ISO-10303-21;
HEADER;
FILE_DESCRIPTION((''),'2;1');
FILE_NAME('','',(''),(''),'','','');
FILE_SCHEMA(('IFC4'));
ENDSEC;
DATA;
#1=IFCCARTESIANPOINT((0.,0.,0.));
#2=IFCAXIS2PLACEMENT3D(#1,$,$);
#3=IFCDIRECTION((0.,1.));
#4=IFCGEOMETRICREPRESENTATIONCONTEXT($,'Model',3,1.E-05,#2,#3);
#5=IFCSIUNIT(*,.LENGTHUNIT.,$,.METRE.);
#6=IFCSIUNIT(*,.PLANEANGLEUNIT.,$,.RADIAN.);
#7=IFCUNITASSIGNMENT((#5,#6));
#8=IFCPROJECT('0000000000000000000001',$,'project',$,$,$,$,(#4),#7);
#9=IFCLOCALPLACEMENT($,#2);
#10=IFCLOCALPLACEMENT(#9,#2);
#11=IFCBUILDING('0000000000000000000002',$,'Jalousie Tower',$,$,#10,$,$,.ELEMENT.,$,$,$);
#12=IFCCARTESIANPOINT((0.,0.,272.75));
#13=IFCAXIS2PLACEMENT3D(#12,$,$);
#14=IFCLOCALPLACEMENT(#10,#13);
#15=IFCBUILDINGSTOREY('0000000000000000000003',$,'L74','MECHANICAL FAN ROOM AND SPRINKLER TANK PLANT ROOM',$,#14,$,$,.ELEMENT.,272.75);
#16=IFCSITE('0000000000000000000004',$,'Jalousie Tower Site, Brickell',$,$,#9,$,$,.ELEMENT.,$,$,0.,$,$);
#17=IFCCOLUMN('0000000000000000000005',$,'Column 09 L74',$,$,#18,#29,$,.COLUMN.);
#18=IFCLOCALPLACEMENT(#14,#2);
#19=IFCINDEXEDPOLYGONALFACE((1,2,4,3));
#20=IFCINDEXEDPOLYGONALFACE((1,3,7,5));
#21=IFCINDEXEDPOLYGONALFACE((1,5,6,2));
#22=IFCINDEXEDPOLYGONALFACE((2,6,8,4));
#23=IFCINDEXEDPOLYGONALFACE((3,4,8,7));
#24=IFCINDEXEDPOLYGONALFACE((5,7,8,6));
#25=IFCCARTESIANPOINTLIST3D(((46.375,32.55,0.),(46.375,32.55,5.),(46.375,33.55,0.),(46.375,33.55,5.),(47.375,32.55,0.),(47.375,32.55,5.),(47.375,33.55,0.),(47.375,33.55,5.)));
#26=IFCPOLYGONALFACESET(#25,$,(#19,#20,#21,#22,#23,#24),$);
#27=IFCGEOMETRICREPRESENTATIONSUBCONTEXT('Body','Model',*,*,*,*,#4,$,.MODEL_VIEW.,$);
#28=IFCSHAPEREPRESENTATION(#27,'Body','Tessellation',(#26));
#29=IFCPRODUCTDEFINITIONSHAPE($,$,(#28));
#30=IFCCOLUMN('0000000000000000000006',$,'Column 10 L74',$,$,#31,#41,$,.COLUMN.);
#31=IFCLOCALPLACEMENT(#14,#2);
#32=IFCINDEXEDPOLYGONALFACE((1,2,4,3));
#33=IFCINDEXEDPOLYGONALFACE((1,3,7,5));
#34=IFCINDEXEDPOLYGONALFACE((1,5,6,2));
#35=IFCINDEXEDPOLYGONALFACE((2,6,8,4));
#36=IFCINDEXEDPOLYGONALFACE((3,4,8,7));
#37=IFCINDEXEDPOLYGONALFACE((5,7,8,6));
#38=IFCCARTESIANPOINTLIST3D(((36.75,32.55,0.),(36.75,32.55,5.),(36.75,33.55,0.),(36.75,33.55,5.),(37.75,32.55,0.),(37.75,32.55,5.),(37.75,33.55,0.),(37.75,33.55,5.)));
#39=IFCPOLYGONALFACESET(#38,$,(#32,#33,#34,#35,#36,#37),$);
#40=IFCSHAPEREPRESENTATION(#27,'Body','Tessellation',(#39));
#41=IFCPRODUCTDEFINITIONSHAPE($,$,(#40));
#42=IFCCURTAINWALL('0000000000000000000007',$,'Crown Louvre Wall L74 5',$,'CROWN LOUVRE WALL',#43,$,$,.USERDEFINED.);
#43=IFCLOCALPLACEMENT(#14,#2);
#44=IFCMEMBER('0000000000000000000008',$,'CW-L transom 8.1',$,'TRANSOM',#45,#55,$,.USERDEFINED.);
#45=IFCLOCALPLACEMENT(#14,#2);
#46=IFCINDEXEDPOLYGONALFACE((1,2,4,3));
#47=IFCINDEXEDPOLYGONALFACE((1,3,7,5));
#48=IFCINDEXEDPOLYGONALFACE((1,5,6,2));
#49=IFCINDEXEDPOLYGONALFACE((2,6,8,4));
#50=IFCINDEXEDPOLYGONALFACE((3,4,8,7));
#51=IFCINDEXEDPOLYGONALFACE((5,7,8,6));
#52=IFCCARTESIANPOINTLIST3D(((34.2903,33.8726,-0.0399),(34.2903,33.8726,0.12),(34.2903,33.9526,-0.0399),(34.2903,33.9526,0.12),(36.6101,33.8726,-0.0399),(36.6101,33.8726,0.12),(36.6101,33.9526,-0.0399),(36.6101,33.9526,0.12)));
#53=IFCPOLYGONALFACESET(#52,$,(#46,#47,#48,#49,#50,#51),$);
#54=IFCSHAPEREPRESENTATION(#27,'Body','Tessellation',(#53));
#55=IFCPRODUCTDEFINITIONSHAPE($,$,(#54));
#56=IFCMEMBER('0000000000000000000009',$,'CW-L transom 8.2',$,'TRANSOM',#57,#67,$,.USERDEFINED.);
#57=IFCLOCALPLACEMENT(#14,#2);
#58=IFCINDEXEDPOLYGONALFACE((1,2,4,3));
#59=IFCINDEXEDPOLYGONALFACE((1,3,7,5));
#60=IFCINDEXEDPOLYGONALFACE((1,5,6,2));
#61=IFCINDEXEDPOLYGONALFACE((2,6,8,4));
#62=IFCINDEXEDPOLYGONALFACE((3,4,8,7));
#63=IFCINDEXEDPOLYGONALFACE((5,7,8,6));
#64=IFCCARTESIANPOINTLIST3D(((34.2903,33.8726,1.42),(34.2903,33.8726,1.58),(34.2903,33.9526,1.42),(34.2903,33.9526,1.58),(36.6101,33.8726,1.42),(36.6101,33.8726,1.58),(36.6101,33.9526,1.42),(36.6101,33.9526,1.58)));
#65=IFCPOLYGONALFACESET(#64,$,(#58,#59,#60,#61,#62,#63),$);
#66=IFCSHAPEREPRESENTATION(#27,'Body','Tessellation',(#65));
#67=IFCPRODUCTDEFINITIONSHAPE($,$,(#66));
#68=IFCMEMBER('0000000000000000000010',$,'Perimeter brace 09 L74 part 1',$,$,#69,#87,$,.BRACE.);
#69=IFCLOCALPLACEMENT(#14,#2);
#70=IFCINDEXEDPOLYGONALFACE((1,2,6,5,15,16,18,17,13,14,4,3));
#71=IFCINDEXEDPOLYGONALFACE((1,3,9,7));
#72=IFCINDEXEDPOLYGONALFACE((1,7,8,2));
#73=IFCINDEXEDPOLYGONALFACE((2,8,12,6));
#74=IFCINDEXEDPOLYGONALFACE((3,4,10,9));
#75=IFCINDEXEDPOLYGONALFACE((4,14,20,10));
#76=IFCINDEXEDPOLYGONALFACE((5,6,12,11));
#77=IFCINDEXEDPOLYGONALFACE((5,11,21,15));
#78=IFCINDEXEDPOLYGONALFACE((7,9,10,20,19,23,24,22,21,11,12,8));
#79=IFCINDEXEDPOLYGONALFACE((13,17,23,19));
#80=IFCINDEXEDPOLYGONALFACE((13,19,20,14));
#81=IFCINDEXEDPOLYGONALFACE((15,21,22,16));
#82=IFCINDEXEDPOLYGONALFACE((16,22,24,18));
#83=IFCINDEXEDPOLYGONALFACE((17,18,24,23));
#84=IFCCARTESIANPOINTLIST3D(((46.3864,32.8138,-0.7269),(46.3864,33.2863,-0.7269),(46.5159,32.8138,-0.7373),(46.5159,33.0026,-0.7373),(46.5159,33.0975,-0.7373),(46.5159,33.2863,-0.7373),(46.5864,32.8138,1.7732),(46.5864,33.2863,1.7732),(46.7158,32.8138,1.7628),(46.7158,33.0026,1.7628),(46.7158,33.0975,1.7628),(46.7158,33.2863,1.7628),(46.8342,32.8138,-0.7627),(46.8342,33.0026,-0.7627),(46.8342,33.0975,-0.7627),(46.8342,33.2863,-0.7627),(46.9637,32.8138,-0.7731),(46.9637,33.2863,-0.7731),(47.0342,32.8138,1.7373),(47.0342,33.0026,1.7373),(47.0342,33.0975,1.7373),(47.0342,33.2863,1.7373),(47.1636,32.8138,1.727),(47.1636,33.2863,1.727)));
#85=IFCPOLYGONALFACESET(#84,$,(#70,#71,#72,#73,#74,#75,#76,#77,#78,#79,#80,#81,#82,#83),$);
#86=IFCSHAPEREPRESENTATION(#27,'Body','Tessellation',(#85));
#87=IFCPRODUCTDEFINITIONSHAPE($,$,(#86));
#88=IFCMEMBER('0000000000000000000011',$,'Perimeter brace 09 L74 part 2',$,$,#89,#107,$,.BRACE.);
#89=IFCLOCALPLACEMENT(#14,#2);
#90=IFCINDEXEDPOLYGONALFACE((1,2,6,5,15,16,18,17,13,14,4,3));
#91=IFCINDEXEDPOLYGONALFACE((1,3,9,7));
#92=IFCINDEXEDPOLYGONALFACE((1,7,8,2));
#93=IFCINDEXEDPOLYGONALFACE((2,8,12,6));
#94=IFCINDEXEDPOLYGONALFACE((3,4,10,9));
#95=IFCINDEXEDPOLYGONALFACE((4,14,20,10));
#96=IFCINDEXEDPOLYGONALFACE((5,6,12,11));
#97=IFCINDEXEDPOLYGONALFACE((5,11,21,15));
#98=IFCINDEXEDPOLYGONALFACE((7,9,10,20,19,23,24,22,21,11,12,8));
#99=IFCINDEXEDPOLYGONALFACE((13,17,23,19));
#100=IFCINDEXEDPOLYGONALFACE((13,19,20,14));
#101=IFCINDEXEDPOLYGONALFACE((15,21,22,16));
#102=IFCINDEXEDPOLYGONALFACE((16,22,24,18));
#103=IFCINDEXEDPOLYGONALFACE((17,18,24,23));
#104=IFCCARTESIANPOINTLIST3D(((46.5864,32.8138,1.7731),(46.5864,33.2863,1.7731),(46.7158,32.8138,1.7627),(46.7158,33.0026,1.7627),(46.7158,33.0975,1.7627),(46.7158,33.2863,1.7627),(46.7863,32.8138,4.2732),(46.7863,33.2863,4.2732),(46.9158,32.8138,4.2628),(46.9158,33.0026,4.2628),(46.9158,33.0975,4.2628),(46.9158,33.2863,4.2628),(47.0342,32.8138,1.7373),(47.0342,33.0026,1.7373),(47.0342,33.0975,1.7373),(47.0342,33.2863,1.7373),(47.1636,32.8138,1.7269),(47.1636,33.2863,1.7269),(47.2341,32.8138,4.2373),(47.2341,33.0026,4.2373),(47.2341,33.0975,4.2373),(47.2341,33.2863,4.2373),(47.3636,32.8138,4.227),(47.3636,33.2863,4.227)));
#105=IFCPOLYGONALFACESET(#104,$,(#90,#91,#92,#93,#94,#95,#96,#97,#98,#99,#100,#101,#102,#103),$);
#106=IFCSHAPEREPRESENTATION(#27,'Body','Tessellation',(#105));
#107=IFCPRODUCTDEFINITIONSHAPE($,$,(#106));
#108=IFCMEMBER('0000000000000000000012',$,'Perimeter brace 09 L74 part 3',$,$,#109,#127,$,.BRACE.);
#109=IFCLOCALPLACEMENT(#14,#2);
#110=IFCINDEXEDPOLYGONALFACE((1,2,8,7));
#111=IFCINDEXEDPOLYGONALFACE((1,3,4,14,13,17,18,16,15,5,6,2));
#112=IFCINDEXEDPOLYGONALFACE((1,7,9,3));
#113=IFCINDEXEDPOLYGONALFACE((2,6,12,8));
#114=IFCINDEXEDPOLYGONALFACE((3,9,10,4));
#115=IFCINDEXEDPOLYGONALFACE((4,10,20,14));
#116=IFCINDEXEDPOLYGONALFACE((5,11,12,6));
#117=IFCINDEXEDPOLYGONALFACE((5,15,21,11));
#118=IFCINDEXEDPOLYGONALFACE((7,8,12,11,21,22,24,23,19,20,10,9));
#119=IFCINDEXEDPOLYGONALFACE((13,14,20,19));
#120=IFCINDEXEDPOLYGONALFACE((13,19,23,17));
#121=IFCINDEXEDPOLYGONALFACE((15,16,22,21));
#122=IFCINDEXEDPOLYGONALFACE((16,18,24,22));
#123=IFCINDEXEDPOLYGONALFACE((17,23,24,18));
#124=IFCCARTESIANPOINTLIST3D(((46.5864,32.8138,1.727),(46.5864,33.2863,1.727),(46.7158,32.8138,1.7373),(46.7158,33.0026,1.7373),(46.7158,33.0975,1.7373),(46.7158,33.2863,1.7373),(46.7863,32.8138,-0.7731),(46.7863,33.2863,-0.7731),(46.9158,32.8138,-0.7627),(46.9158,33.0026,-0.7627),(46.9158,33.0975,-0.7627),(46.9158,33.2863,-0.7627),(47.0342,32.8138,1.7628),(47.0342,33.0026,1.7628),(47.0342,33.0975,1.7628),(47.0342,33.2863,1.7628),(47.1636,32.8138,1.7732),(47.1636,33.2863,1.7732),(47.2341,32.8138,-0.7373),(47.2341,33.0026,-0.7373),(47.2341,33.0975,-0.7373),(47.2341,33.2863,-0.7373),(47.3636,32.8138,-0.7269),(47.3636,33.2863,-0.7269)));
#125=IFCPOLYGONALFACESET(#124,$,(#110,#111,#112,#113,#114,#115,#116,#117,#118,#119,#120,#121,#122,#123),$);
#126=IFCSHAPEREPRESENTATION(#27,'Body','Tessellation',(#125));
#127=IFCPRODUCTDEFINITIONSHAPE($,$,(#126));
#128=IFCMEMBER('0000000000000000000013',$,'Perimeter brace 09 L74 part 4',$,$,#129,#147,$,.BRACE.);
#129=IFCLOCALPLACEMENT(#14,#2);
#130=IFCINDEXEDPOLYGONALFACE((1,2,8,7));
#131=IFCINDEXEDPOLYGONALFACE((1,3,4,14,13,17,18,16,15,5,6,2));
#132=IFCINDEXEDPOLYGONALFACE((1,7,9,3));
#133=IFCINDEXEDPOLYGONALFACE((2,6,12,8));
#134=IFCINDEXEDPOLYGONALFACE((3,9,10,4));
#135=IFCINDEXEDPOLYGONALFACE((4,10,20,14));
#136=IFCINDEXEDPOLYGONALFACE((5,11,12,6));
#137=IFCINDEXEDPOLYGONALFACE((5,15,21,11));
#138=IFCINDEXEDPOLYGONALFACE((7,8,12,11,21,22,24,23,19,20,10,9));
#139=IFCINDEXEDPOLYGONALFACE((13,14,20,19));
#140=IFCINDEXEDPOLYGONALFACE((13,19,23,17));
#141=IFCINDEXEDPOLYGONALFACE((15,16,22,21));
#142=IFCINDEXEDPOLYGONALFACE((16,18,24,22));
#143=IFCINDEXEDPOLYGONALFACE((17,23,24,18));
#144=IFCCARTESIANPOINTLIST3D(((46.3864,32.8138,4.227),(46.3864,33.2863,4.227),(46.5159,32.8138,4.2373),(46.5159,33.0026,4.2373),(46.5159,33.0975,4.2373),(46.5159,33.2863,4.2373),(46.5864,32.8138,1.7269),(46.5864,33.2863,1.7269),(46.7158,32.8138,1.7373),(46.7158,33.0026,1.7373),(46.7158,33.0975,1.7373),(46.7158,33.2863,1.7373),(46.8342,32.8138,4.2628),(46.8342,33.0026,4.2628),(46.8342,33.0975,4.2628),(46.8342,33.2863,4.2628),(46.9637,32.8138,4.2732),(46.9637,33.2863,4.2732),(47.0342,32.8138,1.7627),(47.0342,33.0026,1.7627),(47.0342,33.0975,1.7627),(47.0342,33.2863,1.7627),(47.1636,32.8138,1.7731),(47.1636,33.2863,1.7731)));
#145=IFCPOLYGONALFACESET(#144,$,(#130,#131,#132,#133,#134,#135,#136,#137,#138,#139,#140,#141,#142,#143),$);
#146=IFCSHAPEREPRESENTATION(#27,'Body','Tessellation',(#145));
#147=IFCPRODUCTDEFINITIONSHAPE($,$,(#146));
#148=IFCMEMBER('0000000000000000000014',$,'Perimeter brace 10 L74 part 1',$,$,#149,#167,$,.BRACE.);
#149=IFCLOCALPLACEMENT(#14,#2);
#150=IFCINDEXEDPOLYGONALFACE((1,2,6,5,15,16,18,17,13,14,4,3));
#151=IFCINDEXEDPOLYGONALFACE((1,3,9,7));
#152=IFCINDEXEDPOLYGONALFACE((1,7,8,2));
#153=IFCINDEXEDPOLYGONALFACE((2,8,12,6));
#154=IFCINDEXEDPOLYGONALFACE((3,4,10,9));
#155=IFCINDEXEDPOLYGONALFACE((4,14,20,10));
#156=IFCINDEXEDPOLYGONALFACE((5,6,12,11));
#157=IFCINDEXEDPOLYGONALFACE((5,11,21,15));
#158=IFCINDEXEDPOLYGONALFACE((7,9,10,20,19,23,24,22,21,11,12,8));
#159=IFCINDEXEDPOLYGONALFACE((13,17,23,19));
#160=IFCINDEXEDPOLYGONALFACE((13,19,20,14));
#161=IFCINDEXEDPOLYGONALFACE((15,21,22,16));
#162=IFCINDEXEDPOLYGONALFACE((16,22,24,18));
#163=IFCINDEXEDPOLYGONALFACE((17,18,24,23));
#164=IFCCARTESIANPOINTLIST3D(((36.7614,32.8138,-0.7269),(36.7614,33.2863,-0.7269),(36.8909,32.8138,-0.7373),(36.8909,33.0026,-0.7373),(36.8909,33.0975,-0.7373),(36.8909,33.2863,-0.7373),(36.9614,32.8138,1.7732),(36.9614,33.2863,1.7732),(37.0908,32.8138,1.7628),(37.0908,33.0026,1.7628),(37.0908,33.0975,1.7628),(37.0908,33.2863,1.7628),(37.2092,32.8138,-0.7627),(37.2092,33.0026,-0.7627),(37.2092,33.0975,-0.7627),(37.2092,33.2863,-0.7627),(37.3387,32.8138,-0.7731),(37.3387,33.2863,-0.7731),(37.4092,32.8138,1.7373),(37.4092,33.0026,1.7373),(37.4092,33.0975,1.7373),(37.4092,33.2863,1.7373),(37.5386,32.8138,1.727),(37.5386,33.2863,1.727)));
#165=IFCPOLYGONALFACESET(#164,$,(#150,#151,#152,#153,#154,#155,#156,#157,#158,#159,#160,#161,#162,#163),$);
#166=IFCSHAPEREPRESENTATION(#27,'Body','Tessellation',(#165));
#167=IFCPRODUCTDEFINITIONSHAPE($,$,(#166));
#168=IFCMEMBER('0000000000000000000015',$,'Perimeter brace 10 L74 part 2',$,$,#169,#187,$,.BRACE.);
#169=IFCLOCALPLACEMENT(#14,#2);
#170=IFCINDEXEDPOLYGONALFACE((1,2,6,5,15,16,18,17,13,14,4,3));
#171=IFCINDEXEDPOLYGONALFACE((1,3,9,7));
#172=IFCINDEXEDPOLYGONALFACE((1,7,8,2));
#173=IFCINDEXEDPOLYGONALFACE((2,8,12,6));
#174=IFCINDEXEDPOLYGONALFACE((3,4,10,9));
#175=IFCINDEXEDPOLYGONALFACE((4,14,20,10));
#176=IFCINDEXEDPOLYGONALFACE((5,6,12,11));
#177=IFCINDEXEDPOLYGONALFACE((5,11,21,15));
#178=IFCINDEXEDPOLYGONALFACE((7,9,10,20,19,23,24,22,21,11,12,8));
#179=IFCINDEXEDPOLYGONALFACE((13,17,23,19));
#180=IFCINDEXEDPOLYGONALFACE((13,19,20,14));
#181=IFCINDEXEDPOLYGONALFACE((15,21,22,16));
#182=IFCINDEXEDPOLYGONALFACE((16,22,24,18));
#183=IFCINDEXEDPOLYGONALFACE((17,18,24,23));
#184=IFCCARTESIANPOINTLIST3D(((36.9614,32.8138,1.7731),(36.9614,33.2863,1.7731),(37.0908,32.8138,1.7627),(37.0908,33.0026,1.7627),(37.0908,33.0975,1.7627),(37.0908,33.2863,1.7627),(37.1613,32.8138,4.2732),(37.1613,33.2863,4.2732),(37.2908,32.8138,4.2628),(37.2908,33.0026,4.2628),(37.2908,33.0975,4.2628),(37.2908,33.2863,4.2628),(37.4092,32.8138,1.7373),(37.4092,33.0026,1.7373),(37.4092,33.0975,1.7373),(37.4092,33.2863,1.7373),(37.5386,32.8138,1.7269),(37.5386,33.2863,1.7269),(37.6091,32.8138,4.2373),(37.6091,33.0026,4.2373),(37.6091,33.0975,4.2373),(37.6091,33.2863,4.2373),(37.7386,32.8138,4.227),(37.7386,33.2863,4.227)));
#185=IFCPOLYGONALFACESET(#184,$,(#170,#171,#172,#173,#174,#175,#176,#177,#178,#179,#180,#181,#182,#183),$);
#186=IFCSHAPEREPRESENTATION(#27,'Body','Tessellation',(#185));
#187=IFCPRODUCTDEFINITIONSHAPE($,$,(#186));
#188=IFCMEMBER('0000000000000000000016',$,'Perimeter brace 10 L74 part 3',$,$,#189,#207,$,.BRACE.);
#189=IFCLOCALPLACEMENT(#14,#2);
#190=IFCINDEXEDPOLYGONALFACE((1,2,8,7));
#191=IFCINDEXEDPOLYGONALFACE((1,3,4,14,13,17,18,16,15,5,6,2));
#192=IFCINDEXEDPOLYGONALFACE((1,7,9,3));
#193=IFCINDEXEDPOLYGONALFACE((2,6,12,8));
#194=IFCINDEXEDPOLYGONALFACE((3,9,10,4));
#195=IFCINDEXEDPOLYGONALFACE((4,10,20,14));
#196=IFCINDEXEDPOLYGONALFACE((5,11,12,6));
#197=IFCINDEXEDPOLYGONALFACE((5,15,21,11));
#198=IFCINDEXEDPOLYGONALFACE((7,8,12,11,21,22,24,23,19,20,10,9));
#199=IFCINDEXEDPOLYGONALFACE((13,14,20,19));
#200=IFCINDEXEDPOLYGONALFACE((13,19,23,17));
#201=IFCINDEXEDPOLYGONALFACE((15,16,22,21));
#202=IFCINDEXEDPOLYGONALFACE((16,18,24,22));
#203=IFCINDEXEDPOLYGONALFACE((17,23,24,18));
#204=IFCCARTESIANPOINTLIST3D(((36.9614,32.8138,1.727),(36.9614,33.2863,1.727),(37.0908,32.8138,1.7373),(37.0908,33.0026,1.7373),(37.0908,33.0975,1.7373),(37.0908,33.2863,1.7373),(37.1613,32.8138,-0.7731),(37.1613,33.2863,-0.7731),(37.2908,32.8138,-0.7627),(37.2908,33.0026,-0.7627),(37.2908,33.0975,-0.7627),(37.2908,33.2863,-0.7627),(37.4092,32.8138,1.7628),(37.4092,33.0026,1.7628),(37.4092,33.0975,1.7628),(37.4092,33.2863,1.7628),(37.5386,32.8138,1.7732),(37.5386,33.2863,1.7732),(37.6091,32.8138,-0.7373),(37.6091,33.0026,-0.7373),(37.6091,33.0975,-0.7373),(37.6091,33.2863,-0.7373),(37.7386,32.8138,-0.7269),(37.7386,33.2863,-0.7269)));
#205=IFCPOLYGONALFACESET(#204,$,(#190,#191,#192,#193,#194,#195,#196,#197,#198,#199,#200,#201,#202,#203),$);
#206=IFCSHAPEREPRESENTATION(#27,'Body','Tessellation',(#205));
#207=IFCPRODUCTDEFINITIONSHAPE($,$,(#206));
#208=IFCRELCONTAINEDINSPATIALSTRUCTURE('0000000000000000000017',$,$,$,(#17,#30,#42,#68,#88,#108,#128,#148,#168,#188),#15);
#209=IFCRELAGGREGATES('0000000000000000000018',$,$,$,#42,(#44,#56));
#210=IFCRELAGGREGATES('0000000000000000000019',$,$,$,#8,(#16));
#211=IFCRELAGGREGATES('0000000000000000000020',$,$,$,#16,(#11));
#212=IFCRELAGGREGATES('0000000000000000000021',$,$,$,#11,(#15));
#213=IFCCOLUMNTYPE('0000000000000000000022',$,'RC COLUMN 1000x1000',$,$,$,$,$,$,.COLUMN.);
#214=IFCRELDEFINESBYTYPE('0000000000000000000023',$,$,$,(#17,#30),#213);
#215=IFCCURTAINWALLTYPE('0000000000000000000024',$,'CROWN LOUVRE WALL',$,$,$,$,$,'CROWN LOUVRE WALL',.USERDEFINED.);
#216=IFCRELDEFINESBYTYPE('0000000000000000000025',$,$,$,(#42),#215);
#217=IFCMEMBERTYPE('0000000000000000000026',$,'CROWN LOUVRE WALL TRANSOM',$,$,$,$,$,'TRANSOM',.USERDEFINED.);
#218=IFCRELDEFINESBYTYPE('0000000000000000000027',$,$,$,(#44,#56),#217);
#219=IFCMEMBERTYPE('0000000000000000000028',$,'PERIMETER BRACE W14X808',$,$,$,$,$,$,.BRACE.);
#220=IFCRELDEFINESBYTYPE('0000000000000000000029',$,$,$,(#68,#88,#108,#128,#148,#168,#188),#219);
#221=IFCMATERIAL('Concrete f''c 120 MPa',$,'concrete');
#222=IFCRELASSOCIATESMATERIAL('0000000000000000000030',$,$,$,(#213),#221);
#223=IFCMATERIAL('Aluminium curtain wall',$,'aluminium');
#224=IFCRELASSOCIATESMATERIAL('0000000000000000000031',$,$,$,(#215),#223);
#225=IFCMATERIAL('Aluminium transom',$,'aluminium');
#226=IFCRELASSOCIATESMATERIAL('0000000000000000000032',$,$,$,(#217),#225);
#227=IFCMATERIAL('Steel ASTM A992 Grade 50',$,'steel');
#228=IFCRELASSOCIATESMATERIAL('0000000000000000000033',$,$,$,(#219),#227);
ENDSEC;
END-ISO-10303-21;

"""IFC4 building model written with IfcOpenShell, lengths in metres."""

from ifc_helpers import new_model, si_unit, direction, frame, origin, origin_2d, place, context, subcontext, project, spatial, rectangle, i_section, extrude, material, material_profile, profile_set, type_object, element, aggregate, save


model = new_model("IFC4")

# Units and contexts
model_context = context("Model", 3, precision=1e-05, world=origin(), true_north=direction((0.0, 1.0)))
body_context = subcontext(model_context, "Body", "Model", "MODEL_VIEW")
ifc_project = project(units=[si_unit("LENGTHUNIT", "METRE"), si_unit("PLANEANGLEUNIT", "RADIAN")], contexts=[model_context])

# Site, building, storey
site_placement = place(None, origin())
site = spatial("IfcSite", under=ifc_project, at=site_placement, Name="Jalousie Tower Site, Brickell", CompositionType="ELEMENT", RefElevation=0.0)
building_placement = place(site_placement, origin())
building = spatial("IfcBuilding", under=site, at=building_placement, Name="Jalousie Tower", CompositionType="ELEMENT")
storey_placement = place(building_placement, frame((0.0, 0.0, 272.75)))
storey = spatial("IfcBuildingStorey", under=building, at=storey_placement, Name="L74", Description="MECHANICAL FAN ROOM AND SPRINKLER TANK PLANT ROOM", CompositionType="ELEMENT", Elevation=272.75)

# Columns
ifc_material_1 = material(Name="Concrete f'c 120 MPa", Category="concrete")
ifc_material_profile_1 = material_profile(ifc_material_1, rectangle(XDim=1.0, YDim=1.0, at=origin_2d()), Name="RC 1000x1000")
ifc_profile_set_1 = profile_set([ifc_material_profile_1], Name="Concrete f'c 120 MPa")
column_type = type_object("IfcColumnType", Name="RC COLUMN 1000x1000", PredefinedType="COLUMN", material=ifc_profile_set_1)
for number, where, z_axis, x_axis, name in (
    (1, (46.875, 33.05, 0.0), (0.0, 0.0, 1.0), (1.0, 0.0, 0.0), "Column 09 L74"),
    (2, (37.25, 33.05, 0.0), (0.0, 0.0, 1.0), (1.0, 0.0, 0.0), "Column 10 L74"),
):
    element("IfcColumn", number, at=place(storey_placement, frame(where, z_axis=z_axis, x_axis=x_axis)), inside=storey, type_object=column_type, Name=name, PredefinedType="COLUMN", context=body_context, shape_type="SweptSolid", body=[
        extrude(rectangle(XDim=1.0, YDim=1.0, at=origin_2d()), origin(), (0.0, 0.0, 1.0), 5.0),
    ])

# Curtain wall, members
ifc_material_2 = material(Name="Aluminium curtain wall", Category="aluminium")
curtain_wall_type = type_object("IfcCurtainWallType", Name="CROWN LOUVRE WALL", ElementType="CROWN LOUVRE WALL", PredefinedType="USERDEFINED", material=ifc_material_2)
curtain_wall_placement = place(storey_placement, origin())
curtain_wall = element("IfcCurtainWall", 3, at=curtain_wall_placement, inside=storey, type_object=curtain_wall_type, Name="Crown Louvre Wall L74 5", ObjectType="CROWN LOUVRE WALL", PredefinedType="USERDEFINED")
ifc_material_3 = material(Name="Aluminium transom", Category="aluminium")
ifc_material_profile_2 = material_profile(ifc_material_3, rectangle(XDim=0.0801, YDim=0.1599, at=origin_2d()), Name="TRANSOM 80x160")
ifc_profile_set_2 = profile_set([ifc_material_profile_2], Name="Aluminium transom")
member_type_1 = type_object("IfcMemberType", Name="CROWN LOUVRE WALL TRANSOM", ElementType="TRANSOM", PredefinedType="USERDEFINED", material=ifc_profile_set_2)
member_1_placement = place(storey_placement, frame((36.6101, 33.9126, 0.04), z_axis=(-1.0, 0.0, 0.0), x_axis=(0.0, -1.0, 0.0)))
member_1 = element("IfcMember", 4, at=member_1_placement, type_object=member_type_1, Name="CW-L transom 8.1", ObjectType="TRANSOM", PredefinedType="USERDEFINED", context=body_context, shape_type="SweptSolid", body=[
    extrude(rectangle(XDim=0.0801, YDim=0.1599, at=origin_2d()), origin(), (0.0, 0.0, 1.0), 2.3198),
])
member_2_placement = place(storey_placement, frame((36.6101, 33.9126, 1.5), z_axis=(-1.0, 0.0, 0.0), x_axis=(0.0, -1.0, 0.0)))
member_2 = element("IfcMember", 5, at=member_2_placement, type_object=member_type_1, Name="CW-L transom 8.2", ObjectType="TRANSOM", PredefinedType="USERDEFINED", context=body_context, shape_type="SweptSolid", body=[
    extrude(rectangle(XDim=0.0801, YDim=0.1599, at=origin_2d()), origin(), (0.0, 0.0, 1.0), 2.3198),
])

# Members
ifc_material_4 = material(Name="Steel ASTM A992 Grade 50", Category="steel")
ifc_material_profile_3 = material_profile(ifc_material_4, i_section(OverallWidth=0.4724, OverallDepth=0.5791, WebThickness=0.095, FlangeThickness=0.1299, at=origin_2d()), Name="W14X808")
ifc_profile_set_3 = profile_set([ifc_material_profile_3], Name="Steel ASTM A992 Grade 50")
member_type_2 = type_object("IfcMemberType", Name="PERIMETER BRACE W14X808", PredefinedType="BRACE", material=ifc_profile_set_3)
for number, where, z_axis, x_axis, name in (
    (6, (46.675, 33.05, -0.75), (0.079726, 0.0, 0.996817), (0.0, 1.0, 0.0), "Perimeter brace 09 L74 part 1"),
    (7, (46.875, 33.05, 1.75), (0.079726, 0.0, 0.996817), (0.0, 1.0, 0.0), "Perimeter brace 09 L74 part 2"),
    (8, (47.075, 33.05, -0.75), (-0.079726, 0.0, 0.996817), (0.0, -1.0, 0.0), "Perimeter brace 09 L74 part 3"),
    (9, (46.875, 33.05, 1.75), (-0.079726, 0.0, 0.996817), (0.0, -1.0, 0.0), "Perimeter brace 09 L74 part 4"),
    (10, (37.05, 33.05, -0.75), (0.079726, 0.0, 0.996817), (0.0, 1.0, 0.0), "Perimeter brace 10 L74 part 1"),
    (11, (37.25, 33.05, 1.75), (0.079726, 0.0, 0.996817), (0.0, 1.0, 0.0), "Perimeter brace 10 L74 part 2"),
    (12, (37.45, 33.05, -0.75), (-0.079726, 0.0, 0.996817), (0.0, -1.0, 0.0), "Perimeter brace 10 L74 part 3"),
):
    element("IfcMember", number, at=place(storey_placement, frame(where, z_axis=z_axis, x_axis=x_axis)), inside=storey, type_object=member_type_2, Name=name, PredefinedType="BRACE", context=body_context, shape_type="SweptSolid", body=[
        extrude(i_section(OverallWidth=0.4724, OverallDepth=0.5791, WebThickness=0.095, FlangeThickness=0.1299, at=origin_2d()), origin(), (0.0, 0.0, 1.0), 2.5081),
    ])

aggregate(curtain_wall, [member_1, member_2])

save(model, "model.ifc")
